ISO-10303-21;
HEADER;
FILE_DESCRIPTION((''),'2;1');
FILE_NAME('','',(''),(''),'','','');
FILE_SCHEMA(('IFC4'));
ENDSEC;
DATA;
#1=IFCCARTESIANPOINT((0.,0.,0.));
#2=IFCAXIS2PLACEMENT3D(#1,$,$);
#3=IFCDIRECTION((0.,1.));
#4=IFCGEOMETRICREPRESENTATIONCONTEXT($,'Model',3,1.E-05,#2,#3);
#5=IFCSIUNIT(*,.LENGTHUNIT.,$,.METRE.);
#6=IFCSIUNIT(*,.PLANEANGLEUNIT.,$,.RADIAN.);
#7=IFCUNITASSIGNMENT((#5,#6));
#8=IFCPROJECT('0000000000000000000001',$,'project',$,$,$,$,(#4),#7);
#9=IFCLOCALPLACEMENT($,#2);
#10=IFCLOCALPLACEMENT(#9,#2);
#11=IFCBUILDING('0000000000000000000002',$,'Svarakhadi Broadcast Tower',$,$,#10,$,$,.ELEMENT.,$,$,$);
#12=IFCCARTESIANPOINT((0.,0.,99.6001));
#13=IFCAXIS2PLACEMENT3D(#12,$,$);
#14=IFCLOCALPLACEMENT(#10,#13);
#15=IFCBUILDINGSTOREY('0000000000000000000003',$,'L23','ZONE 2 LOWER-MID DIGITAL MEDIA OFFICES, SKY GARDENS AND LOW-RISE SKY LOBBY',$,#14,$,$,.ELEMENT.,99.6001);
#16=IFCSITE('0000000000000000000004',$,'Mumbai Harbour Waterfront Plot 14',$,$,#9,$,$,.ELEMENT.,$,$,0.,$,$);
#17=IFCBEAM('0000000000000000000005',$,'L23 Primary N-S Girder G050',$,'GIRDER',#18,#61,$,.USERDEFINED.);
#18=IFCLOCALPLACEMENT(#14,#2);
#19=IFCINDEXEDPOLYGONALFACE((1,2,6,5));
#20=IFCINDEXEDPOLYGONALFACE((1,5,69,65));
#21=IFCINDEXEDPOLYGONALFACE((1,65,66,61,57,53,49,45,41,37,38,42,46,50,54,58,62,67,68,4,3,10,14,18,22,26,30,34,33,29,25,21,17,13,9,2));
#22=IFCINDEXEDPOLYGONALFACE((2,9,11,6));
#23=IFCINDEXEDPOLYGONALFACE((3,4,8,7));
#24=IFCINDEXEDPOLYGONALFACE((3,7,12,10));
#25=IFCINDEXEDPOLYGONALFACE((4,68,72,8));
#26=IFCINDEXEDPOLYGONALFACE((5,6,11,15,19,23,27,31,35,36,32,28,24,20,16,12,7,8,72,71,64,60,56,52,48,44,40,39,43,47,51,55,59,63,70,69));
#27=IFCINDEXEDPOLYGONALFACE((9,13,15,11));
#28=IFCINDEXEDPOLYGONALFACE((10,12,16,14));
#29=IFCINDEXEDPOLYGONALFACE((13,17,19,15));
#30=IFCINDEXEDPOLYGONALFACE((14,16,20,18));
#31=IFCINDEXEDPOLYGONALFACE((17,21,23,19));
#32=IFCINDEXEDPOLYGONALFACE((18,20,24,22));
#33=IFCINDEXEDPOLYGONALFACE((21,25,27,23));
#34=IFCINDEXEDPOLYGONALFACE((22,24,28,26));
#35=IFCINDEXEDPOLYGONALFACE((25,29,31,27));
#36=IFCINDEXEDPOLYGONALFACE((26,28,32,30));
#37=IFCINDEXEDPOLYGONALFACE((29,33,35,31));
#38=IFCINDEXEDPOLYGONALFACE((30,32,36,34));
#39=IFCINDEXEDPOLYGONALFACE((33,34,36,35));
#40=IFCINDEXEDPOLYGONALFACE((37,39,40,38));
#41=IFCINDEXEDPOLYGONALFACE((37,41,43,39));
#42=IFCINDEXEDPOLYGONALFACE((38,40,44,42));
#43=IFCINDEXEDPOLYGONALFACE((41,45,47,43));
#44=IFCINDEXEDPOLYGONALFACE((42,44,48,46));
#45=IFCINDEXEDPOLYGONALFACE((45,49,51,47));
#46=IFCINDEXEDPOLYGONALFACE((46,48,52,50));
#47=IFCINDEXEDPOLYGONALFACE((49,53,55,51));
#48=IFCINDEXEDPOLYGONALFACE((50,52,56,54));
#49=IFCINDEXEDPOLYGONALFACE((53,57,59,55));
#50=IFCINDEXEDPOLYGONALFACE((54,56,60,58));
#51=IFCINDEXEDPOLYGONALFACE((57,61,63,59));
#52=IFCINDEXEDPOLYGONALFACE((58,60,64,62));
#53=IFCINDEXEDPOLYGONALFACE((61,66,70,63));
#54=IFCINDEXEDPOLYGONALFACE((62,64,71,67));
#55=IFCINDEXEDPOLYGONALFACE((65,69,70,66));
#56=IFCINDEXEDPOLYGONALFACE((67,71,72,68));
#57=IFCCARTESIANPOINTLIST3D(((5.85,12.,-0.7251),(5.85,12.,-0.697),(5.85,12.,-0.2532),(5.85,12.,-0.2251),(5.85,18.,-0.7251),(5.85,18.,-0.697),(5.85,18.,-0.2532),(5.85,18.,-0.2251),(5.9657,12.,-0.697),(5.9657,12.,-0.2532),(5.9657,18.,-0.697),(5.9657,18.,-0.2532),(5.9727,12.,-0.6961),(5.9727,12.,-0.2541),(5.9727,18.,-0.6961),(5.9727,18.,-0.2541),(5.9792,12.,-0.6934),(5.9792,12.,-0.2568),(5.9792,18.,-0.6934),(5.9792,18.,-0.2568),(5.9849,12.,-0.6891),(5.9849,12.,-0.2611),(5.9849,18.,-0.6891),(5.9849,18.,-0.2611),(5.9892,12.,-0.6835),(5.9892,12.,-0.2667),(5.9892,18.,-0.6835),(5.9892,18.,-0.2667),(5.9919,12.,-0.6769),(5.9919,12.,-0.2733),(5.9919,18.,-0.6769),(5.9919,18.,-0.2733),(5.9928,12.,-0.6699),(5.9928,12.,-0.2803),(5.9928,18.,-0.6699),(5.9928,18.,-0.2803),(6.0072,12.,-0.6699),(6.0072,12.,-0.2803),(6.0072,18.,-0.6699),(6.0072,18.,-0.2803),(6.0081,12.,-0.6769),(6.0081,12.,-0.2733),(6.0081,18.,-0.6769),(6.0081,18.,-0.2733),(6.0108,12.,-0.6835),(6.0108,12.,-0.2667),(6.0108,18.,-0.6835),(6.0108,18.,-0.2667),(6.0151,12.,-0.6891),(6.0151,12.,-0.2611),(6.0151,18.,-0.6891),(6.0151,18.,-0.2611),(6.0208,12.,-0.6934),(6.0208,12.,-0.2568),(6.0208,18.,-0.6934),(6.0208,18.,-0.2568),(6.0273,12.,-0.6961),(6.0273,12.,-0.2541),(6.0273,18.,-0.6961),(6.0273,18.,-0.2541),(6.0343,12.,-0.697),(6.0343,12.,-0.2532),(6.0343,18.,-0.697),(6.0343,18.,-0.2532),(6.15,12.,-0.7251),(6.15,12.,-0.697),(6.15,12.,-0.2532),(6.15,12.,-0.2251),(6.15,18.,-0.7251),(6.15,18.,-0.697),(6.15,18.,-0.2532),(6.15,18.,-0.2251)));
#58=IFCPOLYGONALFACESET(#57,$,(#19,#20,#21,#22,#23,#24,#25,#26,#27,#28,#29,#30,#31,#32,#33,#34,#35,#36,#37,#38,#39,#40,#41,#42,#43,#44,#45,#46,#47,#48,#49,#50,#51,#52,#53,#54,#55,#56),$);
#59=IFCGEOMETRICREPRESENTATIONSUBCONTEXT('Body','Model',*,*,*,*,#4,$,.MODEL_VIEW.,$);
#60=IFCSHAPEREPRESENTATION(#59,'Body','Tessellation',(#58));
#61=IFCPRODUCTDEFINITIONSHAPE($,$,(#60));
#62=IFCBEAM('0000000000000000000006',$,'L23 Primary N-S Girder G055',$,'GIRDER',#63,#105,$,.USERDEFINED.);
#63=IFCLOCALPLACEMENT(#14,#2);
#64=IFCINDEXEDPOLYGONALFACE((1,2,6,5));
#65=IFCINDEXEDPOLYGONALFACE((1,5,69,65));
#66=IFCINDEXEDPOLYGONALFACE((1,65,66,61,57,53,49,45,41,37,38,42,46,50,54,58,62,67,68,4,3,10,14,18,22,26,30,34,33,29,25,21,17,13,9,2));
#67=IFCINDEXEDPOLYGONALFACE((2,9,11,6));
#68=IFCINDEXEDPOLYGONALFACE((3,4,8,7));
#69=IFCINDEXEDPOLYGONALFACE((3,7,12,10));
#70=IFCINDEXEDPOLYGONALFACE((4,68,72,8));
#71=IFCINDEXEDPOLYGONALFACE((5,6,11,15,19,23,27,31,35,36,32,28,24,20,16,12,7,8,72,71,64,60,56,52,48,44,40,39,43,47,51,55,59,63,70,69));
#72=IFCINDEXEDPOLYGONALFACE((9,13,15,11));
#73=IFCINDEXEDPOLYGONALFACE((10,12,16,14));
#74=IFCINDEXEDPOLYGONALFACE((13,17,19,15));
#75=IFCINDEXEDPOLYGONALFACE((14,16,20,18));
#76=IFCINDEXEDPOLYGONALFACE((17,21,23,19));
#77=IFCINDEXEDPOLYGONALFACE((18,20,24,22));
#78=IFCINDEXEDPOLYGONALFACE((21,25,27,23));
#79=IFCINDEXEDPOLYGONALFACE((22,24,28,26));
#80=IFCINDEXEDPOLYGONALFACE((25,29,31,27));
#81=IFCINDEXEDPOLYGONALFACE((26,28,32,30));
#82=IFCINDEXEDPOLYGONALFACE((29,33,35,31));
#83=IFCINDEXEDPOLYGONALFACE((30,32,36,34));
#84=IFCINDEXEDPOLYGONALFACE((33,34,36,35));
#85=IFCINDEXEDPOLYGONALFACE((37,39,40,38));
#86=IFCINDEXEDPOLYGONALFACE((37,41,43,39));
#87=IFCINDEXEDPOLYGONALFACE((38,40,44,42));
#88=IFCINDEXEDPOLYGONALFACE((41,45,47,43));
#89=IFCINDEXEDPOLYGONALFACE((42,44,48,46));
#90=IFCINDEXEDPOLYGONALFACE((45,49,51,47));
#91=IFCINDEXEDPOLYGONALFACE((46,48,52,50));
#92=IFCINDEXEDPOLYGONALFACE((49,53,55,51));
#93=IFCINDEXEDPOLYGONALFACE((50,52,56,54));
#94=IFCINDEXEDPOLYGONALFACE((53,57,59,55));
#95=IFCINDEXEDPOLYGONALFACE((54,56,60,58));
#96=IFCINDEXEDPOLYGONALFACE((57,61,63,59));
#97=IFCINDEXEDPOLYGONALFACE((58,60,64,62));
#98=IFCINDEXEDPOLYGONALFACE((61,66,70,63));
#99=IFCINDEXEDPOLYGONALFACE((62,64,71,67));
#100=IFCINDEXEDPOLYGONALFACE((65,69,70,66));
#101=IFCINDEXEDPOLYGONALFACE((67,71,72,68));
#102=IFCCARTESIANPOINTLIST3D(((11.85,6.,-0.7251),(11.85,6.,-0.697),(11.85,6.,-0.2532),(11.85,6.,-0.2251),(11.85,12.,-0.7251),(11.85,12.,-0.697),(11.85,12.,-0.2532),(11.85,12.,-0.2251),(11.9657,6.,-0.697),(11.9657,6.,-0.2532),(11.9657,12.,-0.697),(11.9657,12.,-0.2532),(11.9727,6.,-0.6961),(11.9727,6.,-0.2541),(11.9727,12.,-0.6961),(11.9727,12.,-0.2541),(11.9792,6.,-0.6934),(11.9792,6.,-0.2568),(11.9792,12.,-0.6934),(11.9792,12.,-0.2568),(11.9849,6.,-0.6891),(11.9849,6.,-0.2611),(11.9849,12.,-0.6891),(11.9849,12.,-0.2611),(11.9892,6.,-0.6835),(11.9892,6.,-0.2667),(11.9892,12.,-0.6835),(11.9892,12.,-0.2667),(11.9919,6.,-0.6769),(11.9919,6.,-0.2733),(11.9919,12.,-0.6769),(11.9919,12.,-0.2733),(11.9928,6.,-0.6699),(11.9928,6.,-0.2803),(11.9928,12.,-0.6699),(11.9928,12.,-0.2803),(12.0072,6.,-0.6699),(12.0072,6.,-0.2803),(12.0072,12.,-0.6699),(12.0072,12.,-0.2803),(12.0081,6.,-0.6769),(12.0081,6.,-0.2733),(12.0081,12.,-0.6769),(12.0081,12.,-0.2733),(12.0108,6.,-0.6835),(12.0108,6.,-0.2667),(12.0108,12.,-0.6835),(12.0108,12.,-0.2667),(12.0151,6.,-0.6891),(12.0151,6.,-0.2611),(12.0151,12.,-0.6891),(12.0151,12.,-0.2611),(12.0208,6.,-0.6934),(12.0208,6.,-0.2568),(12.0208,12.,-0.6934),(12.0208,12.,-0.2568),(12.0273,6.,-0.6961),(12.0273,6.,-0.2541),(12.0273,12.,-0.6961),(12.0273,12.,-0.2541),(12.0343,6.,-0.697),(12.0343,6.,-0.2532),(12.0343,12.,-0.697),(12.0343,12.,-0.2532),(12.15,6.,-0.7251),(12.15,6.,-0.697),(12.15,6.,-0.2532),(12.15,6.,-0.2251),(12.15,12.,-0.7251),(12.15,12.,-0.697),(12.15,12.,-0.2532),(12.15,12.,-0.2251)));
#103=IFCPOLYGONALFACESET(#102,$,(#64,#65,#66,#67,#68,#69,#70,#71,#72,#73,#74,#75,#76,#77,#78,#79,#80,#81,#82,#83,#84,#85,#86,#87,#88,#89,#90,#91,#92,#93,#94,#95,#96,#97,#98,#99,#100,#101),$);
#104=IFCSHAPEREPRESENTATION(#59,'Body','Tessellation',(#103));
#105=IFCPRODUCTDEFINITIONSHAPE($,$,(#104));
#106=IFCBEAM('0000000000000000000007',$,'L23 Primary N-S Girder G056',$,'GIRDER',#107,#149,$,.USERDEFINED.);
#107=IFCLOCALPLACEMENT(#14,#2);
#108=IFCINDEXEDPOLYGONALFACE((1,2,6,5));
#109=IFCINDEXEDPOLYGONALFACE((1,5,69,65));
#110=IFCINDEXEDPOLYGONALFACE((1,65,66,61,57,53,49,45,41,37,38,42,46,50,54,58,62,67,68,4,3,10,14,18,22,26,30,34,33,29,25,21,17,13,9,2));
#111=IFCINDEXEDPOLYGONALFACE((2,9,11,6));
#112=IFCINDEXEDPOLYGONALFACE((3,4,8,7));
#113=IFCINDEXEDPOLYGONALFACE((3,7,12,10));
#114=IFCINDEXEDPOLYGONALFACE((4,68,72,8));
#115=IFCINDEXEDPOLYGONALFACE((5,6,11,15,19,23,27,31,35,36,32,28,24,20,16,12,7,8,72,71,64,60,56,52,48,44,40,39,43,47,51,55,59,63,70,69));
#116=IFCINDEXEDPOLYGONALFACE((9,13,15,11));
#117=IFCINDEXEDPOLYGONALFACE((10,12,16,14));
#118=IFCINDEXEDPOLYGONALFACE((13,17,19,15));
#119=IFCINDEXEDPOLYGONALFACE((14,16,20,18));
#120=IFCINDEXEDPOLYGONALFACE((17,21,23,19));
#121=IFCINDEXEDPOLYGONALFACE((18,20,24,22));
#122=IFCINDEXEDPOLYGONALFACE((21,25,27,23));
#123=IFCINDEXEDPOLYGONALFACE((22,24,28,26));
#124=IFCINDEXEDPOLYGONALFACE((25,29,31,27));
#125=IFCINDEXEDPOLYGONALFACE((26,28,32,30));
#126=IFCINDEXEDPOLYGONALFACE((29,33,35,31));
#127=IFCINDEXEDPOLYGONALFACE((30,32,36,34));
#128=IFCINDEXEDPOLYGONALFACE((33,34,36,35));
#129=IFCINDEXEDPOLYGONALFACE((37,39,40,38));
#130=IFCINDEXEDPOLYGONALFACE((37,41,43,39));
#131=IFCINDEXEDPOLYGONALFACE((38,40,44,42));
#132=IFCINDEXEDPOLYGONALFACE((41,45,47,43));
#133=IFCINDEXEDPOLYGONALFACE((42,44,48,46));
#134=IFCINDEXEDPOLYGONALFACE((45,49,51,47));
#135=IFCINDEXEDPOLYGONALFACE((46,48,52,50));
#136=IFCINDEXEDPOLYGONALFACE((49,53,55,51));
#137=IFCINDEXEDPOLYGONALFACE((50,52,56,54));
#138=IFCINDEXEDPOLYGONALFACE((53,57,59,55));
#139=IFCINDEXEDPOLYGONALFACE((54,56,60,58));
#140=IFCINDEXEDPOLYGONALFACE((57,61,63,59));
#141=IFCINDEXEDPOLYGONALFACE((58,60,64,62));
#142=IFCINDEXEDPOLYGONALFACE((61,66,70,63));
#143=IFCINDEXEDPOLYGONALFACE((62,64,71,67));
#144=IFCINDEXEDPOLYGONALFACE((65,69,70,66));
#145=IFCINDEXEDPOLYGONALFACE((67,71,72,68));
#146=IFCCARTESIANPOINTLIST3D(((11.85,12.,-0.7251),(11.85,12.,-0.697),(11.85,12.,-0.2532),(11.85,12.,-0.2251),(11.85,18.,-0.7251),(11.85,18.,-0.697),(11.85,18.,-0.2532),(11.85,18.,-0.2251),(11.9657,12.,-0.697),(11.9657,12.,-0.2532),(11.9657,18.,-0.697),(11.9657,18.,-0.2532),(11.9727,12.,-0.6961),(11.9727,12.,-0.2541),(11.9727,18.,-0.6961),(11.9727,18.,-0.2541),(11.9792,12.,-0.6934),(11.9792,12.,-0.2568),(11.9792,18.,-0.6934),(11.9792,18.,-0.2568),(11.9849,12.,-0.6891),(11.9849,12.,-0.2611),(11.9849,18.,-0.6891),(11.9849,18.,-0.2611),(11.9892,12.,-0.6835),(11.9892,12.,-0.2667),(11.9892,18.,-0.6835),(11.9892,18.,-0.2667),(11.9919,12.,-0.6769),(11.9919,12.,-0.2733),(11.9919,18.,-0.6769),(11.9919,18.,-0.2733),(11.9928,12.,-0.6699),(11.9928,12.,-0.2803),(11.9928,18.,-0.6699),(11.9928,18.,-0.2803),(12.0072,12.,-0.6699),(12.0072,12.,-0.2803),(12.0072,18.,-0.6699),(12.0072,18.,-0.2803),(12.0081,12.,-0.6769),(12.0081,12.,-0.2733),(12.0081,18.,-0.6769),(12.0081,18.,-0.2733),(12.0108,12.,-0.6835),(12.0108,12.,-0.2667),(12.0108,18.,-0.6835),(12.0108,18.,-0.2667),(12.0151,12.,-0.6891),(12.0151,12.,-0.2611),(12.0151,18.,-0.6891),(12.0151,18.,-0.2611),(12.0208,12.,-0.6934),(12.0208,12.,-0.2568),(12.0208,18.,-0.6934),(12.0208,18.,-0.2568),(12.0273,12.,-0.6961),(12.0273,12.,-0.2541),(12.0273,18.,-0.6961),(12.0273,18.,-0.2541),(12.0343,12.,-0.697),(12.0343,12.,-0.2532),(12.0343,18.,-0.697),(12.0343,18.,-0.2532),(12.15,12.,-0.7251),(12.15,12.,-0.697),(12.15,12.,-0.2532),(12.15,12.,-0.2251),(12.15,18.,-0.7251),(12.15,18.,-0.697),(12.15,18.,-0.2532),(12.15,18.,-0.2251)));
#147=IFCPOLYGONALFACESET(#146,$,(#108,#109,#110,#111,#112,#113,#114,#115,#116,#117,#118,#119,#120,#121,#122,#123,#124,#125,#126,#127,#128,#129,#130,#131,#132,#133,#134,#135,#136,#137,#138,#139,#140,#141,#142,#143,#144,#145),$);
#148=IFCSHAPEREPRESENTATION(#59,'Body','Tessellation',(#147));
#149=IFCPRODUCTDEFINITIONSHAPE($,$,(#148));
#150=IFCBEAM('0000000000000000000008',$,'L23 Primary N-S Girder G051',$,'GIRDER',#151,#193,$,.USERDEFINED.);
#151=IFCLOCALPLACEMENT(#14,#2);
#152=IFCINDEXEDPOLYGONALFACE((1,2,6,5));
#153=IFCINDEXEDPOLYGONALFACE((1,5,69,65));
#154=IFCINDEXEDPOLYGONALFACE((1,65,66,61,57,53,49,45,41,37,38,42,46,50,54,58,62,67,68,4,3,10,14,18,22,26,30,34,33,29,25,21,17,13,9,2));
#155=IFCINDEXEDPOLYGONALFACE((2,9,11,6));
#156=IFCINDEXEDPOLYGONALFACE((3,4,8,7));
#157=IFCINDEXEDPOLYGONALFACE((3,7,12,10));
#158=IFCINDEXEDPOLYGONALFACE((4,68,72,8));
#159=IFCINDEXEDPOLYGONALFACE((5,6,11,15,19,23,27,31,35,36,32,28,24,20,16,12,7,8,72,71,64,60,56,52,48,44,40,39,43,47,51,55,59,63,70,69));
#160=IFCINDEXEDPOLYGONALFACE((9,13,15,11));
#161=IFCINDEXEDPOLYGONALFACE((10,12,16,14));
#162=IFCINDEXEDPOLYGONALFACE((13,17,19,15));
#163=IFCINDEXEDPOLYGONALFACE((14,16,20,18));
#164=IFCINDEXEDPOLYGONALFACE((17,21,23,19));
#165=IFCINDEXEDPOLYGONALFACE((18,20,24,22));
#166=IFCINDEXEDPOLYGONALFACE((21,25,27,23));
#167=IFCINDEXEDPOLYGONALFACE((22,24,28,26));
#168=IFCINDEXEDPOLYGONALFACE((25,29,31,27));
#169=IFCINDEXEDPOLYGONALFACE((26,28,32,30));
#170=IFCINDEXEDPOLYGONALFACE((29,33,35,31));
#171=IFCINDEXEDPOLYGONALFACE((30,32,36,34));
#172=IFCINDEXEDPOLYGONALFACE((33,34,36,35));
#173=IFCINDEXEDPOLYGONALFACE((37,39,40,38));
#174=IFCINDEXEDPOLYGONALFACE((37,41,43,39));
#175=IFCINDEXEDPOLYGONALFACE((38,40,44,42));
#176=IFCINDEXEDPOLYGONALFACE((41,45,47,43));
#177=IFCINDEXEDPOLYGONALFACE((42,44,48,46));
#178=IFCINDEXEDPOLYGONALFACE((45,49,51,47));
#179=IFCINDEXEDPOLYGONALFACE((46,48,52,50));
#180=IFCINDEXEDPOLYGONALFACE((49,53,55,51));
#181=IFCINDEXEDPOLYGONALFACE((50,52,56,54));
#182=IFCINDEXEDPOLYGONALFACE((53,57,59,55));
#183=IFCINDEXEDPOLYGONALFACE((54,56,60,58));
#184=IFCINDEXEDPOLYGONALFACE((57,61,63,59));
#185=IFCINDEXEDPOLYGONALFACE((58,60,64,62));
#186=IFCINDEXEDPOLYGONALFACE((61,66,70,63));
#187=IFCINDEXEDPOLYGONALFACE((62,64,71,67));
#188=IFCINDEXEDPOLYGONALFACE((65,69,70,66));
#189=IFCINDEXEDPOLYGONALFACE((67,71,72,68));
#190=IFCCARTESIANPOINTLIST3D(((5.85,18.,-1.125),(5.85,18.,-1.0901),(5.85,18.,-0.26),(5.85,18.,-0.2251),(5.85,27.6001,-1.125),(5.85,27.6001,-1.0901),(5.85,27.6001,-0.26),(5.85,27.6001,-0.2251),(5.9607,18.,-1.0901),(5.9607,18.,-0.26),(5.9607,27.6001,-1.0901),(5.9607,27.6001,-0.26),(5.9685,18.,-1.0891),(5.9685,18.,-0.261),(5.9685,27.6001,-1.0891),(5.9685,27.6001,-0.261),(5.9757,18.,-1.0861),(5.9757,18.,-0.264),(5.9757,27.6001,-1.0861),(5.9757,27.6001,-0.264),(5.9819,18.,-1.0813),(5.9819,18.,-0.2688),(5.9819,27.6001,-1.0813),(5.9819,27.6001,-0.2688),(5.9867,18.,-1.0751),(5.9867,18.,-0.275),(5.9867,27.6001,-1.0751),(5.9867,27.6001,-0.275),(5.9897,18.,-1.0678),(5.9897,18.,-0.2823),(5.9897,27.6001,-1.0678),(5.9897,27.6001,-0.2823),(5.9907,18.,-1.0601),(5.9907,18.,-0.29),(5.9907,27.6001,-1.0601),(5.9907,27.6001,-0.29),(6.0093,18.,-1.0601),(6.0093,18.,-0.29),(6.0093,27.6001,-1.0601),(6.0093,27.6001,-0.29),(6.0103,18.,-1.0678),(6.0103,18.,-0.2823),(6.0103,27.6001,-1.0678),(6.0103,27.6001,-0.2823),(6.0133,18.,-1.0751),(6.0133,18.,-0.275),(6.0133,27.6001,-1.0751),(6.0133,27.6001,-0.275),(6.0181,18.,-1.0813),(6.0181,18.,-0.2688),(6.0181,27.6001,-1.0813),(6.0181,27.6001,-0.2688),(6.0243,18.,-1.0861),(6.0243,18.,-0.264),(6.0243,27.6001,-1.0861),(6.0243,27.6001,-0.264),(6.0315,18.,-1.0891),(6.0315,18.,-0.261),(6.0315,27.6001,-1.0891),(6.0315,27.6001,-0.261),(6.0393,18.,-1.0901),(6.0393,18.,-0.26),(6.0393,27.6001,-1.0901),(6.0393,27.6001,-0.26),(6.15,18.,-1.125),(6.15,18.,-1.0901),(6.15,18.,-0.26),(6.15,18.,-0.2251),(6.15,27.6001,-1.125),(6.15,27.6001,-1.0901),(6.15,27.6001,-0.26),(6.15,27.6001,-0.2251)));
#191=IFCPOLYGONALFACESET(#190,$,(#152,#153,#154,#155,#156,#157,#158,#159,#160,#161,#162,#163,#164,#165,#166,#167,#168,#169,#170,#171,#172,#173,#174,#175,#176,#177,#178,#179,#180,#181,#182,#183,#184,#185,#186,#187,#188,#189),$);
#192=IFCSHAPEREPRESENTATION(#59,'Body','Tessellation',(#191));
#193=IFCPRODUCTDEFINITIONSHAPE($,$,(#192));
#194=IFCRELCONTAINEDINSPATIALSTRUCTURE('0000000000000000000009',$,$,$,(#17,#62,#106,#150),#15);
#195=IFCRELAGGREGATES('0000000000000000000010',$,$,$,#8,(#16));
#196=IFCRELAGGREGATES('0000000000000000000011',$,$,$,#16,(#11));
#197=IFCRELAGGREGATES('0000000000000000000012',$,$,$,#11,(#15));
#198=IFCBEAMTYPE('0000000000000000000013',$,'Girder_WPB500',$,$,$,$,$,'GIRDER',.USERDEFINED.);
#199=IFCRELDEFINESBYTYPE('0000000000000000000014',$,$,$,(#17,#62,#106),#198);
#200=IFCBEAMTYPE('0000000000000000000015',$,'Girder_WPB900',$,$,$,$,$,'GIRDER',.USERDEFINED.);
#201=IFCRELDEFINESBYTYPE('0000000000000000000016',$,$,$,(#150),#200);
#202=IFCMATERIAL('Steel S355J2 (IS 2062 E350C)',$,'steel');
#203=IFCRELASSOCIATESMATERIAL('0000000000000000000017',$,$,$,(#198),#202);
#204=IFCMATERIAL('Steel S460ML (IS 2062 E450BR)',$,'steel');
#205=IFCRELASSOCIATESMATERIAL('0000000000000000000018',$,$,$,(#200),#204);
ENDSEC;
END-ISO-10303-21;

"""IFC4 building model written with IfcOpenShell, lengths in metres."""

from ifc_helpers import new_model, si_unit, direction, frame, origin, origin_2d, place, context, subcontext, project, spatial, i_section, extrude, material, material_profile, profile_set, type_object, element, save


model = new_model("IFC4")

# Units and contexts
model_context = context("Model", 3, precision=1e-05, world=origin(), true_north=direction((0.0, 1.0)))
body_context = subcontext(model_context, "Body", "Model", "MODEL_VIEW")
ifc_project = project(units=[si_unit("LENGTHUNIT", "METRE"), si_unit("PLANEANGLEUNIT", "RADIAN")], contexts=[model_context])

# Site, building, storey
site_placement = place(None, origin())
site = spatial("IfcSite", under=ifc_project, at=site_placement, Name="Mumbai Harbour Waterfront Plot 14", CompositionType="ELEMENT", RefElevation=0.0)
building_placement = place(site_placement, origin())
building = spatial("IfcBuilding", under=site, at=building_placement, Name="Svarakhadi Broadcast Tower", CompositionType="ELEMENT")
storey_placement = place(building_placement, frame((0.0, 0.0, 99.6001)))
storey = spatial("IfcBuildingStorey", under=building, at=storey_placement, Name="L23", Description="ZONE 2 LOWER-MID DIGITAL MEDIA OFFICES, SKY GARDENS AND LOW-RISE SKY LOBBY", CompositionType="ELEMENT", Elevation=99.6001)

# Shared definitions
ifc_material_1 = material(Name="Steel S460ML (IS 2062 E450BR)", Category="steel")

# Beams
ifc_material_2 = material(Name="Steel S355J2 (IS 2062 E350C)", Category="steel")
ifc_material_profile_1 = material_profile(ifc_material_2, i_section(OverallWidth=0.3, OverallDepth=0.5, WebThickness=0.0144, FlangeThickness=0.0281, FilletRadius=0.0271, at=origin_2d()), Name="WPB 500x300x187")
ifc_profile_set_1 = profile_set([ifc_material_profile_1], Name="Steel S355J2 (IS 2062 E350C)")
beam_type_1 = type_object("IfcBeamType", Name="Girder_WPB500", ElementType="GIRDER", PredefinedType="USERDEFINED", material=ifc_profile_set_1)
for number, where, z_axis, x_axis, name in (
    (1, (6.0, 12.0, -0.4751), (0.0, 1.0, 0.0), (-1.0, 0.0, 0.0), "L23 Primary N-S Girder G050"),
    (2, (12.0, 6.0, -0.4751), (0.0, 1.0, 0.0), (-1.0, 0.0, 0.0), "L23 Primary N-S Girder G055"),
    (3, (12.0, 12.0, -0.4751), (0.0, 1.0, 0.0), (-1.0, 0.0, 0.0), "L23 Primary N-S Girder G056"),
):
    element("IfcBeam", number, at=place(storey_placement, frame(where, z_axis=z_axis, x_axis=x_axis)), inside=storey, type_object=beam_type_1, Name=name, ObjectType="GIRDER", PredefinedType="USERDEFINED", context=body_context, shape_type="SweptSolid", body=[
        extrude(i_section(OverallWidth=0.3, OverallDepth=0.5, WebThickness=0.0144, FlangeThickness=0.0281, FilletRadius=0.0271, at=origin_2d()), origin(), (0.0, 0.0, 1.0), 6.0),
    ])
ifc_material_profile_2 = material_profile(ifc_material_1, i_section(OverallWidth=0.3, OverallDepth=0.8999, WebThickness=0.0186, FlangeThickness=0.0349, FilletRadius=0.03, at=origin_2d()), Name="WPB 900x300x291")
ifc_profile_set_2 = profile_set([ifc_material_profile_2], Name="Steel S460ML (IS 2062 E450BR)")
beam_type_2 = type_object("IfcBeamType", Name="Girder_WPB900", ElementType="GIRDER", PredefinedType="USERDEFINED", material=ifc_profile_set_2)
beam_placement = place(storey_placement, frame((6.0, 18.0, -0.675), z_axis=(0.0, 1.0, 0.0), x_axis=(-1.0, 0.0, 0.0)))
element("IfcBeam", 4, at=beam_placement, inside=storey, type_object=beam_type_2, Name="L23 Primary N-S Girder G051", ObjectType="GIRDER", PredefinedType="USERDEFINED", context=body_context, shape_type="SweptSolid", body=[
    extrude(i_section(OverallWidth=0.3, OverallDepth=0.8999, WebThickness=0.0186, FlangeThickness=0.0349, FilletRadius=0.03, at=origin_2d()), origin(), (0.0, 0.0, 1.0), 9.6001),
])

save(model, "model.ifc")
